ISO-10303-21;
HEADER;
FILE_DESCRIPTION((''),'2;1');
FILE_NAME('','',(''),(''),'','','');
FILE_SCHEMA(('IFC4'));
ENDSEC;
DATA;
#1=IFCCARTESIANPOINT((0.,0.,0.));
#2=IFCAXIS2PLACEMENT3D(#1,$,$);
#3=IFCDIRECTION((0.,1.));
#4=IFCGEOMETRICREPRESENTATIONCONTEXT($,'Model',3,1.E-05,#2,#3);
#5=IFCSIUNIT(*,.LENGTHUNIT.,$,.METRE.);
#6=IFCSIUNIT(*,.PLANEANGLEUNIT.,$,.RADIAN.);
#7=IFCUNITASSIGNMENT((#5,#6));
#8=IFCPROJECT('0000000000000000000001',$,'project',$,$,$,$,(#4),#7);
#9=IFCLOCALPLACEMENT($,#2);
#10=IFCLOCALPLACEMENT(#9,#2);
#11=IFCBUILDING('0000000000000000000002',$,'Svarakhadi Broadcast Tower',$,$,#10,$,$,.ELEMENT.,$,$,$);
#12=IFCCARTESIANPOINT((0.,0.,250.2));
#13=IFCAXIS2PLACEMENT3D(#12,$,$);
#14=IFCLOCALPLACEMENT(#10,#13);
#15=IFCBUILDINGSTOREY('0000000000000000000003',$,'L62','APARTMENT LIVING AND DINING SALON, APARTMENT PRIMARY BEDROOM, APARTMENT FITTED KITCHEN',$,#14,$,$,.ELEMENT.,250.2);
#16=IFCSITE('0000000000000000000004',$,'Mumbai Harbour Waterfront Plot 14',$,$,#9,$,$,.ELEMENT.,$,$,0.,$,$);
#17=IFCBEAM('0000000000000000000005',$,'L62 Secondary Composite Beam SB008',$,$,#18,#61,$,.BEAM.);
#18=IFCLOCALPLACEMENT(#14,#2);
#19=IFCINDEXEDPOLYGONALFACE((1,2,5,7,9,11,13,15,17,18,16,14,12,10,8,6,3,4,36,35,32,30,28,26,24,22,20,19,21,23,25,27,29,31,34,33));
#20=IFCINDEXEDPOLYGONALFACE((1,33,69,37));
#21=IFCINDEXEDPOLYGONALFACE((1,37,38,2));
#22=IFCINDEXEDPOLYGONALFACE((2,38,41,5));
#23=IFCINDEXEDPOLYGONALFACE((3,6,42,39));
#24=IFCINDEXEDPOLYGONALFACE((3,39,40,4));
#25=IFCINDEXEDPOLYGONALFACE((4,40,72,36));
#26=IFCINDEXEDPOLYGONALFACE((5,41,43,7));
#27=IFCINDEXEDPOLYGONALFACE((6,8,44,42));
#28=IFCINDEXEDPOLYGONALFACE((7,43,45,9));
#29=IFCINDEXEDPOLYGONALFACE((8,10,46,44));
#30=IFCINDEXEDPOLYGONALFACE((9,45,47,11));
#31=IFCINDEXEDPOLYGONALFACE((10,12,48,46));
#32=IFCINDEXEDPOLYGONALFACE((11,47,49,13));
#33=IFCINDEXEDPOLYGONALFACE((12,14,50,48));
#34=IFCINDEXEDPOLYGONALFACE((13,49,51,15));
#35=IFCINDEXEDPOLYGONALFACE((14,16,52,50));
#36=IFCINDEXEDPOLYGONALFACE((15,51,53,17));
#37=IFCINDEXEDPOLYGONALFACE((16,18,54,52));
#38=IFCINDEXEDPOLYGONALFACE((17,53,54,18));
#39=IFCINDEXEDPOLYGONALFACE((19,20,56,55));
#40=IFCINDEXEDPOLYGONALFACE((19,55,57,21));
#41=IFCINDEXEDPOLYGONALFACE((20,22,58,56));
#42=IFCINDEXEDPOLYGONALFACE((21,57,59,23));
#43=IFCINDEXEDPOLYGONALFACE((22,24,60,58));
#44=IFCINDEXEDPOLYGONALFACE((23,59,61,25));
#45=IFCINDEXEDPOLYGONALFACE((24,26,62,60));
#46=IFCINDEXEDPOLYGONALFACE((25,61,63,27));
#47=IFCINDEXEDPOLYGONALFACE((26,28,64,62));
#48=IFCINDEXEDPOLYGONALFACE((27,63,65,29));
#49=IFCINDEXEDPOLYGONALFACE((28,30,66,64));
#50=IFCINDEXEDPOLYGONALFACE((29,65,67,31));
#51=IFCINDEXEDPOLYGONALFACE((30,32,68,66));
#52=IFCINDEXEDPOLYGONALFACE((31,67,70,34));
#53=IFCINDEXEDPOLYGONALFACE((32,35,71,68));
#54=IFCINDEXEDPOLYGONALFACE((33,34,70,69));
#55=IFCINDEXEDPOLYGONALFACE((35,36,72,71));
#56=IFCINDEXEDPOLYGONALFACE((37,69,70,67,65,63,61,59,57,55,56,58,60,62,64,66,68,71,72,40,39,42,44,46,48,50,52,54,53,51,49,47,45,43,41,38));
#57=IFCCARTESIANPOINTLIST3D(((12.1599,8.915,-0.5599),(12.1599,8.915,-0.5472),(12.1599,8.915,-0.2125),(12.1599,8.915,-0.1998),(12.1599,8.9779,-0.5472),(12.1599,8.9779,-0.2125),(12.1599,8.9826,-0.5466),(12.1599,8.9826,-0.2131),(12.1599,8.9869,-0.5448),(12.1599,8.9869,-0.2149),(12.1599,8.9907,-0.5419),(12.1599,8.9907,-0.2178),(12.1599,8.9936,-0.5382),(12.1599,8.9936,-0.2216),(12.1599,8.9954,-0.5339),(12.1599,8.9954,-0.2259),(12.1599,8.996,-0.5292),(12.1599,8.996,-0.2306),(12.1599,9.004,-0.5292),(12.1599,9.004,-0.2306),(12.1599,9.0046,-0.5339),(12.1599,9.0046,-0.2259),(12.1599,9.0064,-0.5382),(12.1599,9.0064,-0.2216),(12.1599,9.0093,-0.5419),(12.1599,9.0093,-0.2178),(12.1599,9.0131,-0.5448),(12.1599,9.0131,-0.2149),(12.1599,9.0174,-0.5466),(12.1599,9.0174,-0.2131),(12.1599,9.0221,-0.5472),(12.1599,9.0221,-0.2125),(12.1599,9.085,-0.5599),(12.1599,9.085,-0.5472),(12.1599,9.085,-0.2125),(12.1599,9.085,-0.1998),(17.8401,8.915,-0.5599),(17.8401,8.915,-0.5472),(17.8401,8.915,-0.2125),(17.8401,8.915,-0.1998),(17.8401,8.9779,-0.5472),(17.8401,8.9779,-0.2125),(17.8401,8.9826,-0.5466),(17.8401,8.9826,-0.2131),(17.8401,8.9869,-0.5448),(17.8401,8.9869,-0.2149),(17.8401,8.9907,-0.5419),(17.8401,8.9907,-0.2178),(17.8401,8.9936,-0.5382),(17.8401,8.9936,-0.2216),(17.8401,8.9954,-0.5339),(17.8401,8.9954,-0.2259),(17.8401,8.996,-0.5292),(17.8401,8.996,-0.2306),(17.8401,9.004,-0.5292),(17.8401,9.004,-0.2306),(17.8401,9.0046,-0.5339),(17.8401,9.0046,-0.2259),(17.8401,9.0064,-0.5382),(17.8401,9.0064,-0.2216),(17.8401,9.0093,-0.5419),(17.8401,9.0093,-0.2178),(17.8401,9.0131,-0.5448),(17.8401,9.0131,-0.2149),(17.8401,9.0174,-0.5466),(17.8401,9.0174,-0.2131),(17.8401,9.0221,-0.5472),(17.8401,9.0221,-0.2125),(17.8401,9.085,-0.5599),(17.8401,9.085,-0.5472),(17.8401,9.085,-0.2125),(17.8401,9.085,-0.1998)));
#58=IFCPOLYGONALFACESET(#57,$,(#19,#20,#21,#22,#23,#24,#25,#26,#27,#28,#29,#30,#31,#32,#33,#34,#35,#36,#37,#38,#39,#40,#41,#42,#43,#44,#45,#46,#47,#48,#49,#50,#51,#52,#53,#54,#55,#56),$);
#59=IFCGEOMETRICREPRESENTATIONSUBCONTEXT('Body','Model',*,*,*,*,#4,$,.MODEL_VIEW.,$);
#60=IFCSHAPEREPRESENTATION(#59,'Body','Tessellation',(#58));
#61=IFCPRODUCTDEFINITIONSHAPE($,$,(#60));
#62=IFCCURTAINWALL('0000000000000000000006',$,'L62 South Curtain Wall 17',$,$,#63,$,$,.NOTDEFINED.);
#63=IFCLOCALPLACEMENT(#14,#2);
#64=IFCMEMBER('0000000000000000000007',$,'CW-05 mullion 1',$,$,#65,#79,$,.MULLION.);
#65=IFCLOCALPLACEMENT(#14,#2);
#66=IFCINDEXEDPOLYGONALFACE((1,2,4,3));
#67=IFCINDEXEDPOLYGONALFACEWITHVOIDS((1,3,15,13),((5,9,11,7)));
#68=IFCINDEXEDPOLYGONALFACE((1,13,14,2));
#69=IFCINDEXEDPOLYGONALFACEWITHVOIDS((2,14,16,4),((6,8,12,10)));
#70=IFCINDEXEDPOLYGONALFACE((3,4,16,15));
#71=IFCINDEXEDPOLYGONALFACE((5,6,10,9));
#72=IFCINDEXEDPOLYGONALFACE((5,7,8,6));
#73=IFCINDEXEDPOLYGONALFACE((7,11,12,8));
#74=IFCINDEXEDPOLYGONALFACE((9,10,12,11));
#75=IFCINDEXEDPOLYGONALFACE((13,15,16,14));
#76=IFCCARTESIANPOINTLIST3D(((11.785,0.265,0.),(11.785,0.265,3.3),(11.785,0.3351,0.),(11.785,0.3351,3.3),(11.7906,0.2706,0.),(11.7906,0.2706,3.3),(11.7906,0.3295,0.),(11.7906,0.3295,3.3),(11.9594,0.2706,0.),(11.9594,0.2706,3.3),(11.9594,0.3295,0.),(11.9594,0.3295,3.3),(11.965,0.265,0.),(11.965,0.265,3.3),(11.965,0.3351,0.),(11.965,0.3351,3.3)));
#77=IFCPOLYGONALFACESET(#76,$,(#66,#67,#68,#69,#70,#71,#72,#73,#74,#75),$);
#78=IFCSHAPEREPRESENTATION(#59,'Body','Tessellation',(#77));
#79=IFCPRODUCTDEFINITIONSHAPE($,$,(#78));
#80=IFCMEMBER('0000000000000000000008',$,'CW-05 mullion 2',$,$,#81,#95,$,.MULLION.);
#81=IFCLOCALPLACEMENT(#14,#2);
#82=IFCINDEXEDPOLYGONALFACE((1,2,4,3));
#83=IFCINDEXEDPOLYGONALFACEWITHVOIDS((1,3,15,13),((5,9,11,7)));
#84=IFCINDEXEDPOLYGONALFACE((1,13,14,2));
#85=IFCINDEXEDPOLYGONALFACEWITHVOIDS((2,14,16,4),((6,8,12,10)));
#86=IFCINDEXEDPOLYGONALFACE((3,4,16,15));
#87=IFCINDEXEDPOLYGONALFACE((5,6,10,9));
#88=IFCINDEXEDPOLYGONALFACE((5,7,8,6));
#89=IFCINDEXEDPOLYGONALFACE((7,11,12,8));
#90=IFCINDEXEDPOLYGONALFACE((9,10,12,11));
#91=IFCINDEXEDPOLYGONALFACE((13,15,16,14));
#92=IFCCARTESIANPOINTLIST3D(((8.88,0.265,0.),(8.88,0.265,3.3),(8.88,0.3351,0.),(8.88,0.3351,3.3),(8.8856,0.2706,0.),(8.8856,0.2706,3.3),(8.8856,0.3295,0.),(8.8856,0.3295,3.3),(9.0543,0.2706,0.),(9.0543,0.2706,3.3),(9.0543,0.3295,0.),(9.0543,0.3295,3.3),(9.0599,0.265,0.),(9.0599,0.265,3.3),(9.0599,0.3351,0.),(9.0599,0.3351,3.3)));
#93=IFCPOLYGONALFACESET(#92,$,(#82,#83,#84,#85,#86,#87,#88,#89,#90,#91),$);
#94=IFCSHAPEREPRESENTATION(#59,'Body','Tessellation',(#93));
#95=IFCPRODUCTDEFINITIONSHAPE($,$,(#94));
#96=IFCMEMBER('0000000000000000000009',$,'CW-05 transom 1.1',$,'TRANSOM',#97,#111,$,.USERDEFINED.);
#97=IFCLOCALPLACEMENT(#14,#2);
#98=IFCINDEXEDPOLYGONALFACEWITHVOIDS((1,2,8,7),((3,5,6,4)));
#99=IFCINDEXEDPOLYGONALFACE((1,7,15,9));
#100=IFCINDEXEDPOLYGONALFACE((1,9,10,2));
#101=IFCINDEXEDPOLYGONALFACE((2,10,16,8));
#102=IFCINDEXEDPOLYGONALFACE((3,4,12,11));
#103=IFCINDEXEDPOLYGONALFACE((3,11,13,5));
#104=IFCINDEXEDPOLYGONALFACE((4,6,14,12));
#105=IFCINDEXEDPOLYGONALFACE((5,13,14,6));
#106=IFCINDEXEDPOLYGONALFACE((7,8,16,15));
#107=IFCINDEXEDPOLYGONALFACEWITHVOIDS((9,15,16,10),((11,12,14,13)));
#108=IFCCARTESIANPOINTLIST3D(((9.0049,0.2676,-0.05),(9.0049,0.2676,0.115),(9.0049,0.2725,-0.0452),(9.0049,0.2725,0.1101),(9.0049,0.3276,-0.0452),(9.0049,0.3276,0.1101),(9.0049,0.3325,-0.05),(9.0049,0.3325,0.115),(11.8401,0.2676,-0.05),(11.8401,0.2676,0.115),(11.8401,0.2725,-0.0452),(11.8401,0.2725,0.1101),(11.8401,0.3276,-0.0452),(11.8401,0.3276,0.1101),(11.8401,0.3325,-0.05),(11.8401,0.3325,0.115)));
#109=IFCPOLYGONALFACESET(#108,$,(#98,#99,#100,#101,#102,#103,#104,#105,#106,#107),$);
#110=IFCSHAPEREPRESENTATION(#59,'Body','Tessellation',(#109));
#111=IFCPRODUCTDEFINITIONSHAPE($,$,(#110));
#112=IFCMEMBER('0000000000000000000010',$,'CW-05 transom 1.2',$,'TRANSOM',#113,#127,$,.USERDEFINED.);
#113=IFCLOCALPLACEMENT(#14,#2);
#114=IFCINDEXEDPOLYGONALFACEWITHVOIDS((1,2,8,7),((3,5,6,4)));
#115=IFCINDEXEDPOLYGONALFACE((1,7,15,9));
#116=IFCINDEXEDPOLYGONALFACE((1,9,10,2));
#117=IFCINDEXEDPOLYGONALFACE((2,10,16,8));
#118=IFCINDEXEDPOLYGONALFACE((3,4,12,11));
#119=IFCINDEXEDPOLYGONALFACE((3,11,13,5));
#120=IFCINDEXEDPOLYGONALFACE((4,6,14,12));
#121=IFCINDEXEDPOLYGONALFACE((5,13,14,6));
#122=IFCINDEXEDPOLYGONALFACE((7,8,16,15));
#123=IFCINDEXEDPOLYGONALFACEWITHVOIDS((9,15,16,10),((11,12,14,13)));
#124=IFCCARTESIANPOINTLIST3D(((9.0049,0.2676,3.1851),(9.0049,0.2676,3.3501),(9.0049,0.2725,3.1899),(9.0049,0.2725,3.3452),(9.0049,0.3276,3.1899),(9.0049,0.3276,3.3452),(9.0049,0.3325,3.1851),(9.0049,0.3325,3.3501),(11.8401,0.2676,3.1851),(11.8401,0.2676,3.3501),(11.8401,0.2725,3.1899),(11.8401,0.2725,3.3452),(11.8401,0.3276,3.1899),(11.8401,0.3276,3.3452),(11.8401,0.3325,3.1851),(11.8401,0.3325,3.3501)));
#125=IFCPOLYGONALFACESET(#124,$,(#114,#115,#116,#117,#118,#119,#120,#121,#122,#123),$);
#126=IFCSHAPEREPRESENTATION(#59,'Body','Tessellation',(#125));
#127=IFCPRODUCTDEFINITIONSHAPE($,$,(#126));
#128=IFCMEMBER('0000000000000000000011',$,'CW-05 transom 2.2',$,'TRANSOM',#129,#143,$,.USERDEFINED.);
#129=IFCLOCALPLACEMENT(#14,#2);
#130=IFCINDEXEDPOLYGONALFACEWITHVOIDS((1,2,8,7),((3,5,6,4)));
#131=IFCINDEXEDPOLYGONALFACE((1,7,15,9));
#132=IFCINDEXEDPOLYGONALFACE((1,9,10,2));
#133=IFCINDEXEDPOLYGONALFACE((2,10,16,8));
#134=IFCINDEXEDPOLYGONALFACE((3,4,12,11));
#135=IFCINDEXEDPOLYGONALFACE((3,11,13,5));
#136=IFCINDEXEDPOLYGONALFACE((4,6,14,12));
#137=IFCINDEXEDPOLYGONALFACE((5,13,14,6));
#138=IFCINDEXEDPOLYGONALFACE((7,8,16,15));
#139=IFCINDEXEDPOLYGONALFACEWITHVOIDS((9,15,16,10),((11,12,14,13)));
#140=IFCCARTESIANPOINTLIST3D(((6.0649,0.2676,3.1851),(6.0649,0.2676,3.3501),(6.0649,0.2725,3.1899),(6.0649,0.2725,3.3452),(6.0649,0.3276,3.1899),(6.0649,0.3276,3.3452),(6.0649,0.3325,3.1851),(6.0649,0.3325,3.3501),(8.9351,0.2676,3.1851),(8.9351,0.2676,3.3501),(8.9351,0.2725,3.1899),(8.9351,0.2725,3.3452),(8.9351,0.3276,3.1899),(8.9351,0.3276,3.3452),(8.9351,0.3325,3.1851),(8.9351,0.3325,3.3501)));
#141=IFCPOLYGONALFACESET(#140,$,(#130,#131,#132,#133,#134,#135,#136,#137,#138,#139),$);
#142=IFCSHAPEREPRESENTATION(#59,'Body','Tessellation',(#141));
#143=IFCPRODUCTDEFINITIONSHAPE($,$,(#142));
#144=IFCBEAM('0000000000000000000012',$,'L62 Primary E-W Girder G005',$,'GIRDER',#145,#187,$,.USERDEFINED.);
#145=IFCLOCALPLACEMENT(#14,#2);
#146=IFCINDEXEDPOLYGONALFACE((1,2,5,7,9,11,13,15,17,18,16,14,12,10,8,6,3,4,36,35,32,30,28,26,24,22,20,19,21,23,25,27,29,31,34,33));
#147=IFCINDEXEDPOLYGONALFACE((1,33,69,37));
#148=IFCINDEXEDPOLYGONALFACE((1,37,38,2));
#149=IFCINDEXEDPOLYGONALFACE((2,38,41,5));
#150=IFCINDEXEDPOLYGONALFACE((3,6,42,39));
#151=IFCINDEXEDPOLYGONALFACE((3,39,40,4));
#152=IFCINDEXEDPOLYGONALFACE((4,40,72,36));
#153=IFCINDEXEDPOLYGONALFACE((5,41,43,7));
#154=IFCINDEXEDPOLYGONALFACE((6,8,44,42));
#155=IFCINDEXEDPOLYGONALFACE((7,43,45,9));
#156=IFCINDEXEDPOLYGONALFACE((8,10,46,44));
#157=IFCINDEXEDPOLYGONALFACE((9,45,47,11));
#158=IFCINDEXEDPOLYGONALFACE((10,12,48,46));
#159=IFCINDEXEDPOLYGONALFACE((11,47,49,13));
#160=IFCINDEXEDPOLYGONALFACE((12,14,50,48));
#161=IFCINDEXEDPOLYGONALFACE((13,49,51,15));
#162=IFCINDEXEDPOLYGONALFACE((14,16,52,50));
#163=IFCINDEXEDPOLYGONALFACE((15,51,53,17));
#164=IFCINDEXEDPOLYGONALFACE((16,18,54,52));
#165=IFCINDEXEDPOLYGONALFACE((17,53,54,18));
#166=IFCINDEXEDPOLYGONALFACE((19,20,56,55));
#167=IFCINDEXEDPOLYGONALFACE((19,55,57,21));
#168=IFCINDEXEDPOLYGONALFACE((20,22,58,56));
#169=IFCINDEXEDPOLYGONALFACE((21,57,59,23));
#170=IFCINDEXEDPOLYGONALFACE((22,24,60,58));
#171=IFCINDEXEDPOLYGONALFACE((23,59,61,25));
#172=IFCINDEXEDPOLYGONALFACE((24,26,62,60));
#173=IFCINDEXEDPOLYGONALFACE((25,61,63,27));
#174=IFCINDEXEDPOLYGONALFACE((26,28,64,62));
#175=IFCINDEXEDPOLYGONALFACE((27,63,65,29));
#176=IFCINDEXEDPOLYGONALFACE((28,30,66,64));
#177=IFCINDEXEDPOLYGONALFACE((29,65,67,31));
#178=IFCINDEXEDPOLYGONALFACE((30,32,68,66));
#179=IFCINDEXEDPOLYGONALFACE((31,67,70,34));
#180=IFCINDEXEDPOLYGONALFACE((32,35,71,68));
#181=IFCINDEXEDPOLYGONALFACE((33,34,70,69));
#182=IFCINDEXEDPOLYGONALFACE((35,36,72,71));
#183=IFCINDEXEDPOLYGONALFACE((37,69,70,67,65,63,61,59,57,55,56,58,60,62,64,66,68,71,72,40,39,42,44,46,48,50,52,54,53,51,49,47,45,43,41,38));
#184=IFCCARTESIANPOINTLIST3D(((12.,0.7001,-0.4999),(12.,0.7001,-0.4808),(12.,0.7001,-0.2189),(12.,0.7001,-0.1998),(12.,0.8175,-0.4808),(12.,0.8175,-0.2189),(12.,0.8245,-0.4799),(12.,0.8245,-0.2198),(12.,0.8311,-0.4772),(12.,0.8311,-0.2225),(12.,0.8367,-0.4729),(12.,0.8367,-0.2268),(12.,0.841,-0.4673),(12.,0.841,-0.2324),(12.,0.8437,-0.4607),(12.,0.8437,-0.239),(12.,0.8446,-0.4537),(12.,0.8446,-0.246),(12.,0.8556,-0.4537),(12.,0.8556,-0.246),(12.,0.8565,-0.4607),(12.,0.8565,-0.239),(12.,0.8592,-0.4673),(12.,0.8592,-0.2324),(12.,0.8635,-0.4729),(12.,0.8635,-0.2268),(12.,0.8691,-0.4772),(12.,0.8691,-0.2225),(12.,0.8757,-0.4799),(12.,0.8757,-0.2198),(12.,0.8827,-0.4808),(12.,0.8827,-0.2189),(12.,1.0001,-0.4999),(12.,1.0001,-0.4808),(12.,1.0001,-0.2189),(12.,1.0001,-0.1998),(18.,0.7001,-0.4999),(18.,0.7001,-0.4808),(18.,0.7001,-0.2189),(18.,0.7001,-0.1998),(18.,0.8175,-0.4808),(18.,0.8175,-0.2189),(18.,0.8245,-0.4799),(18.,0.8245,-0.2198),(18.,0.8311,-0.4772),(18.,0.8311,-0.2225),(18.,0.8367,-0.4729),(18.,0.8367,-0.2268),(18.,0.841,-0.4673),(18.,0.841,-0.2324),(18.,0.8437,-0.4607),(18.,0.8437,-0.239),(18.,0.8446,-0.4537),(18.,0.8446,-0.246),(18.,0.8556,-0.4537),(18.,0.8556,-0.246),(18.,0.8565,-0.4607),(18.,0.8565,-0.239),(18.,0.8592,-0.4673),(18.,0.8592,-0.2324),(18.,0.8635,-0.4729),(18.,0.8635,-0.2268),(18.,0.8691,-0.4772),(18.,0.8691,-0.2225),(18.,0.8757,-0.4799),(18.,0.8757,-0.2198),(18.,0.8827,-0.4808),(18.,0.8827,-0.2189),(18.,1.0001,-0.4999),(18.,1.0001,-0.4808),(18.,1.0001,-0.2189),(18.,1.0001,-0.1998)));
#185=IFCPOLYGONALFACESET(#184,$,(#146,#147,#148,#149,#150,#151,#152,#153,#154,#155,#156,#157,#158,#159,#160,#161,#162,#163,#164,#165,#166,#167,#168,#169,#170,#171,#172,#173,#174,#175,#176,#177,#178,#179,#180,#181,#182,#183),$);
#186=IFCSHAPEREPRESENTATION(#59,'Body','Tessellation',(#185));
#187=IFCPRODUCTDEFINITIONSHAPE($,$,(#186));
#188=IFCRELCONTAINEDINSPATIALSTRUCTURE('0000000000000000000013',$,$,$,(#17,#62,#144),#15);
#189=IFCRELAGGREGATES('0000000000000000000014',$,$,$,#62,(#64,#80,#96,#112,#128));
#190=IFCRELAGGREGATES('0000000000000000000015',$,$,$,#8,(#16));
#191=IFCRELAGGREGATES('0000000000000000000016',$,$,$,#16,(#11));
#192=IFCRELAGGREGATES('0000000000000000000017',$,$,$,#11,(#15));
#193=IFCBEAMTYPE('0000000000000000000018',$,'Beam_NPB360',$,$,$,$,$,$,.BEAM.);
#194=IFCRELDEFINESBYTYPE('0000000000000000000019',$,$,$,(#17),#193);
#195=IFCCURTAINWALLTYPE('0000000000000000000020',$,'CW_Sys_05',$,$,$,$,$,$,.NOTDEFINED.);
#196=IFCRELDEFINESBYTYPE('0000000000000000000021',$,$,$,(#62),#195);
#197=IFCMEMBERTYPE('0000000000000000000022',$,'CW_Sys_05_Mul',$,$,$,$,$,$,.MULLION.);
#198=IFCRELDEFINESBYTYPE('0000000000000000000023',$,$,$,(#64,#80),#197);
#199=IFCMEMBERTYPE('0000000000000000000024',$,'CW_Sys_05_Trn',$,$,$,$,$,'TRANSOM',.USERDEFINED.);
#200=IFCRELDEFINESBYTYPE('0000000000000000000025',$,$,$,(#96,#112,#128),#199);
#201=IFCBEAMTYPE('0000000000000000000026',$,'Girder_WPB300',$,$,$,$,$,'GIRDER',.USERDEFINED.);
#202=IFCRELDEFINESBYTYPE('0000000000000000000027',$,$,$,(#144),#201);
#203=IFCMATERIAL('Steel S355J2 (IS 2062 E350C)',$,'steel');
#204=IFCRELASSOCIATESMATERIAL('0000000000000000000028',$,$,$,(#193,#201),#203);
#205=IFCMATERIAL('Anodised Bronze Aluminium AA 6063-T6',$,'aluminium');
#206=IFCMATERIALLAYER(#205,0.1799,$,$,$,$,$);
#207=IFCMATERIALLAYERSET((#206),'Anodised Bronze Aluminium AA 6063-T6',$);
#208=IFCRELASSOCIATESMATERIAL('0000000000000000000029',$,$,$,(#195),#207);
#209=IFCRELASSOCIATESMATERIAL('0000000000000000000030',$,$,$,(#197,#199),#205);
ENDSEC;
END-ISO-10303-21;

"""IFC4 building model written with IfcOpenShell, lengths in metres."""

from ifc_helpers import new_model, si_unit, direction, frame, origin, origin_2d, place, context, subcontext, project, spatial, hollow_rectangle, i_section, extrude, material, layer, layer_set, material_profile, profile_set, type_object, element, aggregate, save


model = new_model("IFC4")

# Units and contexts
model_context = context("Model", 3, precision=1e-05, world=origin(), true_north=direction((0.0, 1.0)))
body_context = subcontext(model_context, "Body", "Model", "MODEL_VIEW")
ifc_project = project(units=[si_unit("LENGTHUNIT", "METRE"), si_unit("PLANEANGLEUNIT", "RADIAN")], contexts=[model_context])

# Site, building, storey
site_placement = place(None, origin())
site = spatial("IfcSite", under=ifc_project, at=site_placement, Name="Mumbai Harbour Waterfront Plot 14", CompositionType="ELEMENT", RefElevation=0.0)
building_placement = place(site_placement, origin())
building = spatial("IfcBuilding", under=site, at=building_placement, Name="Svarakhadi Broadcast Tower", CompositionType="ELEMENT")
storey_placement = place(building_placement, frame((0.0, 0.0, 250.2)))
storey = spatial("IfcBuildingStorey", under=building, at=storey_placement, Name="L62", Description="APARTMENT LIVING AND DINING SALON, APARTMENT PRIMARY BEDROOM, APARTMENT FITTED KITCHEN", CompositionType="ELEMENT", Elevation=250.2)

# Beam
ifc_material_1 = material(Name="Steel S355J2 (IS 2062 E350C)", Category="steel")
ifc_material_profile_1 = material_profile(ifc_material_1, i_section(OverallWidth=0.1699, OverallDepth=0.3601, WebThickness=0.0081, FlangeThickness=0.0127, FilletRadius=0.0181, at=origin_2d()), Name="NPB 360x170x57")
ifc_profile_set_1 = profile_set([ifc_material_profile_1], Name="Steel S355J2 (IS 2062 E350C)")
beam_type_1 = type_object("IfcBeamType", Name="Beam_NPB360", PredefinedType="BEAM", material=ifc_profile_set_1)
for number, where, z_axis, x_axis, name in (
    (1, (12.1599, 9.0, -0.3799), (1.0, 0.0, 0.0), (0.0, 1.0, 0.0), "L62 Secondary Composite Beam SB008"),
):
    element("IfcBeam", number, at=place(storey_placement, frame(where, z_axis=z_axis, x_axis=x_axis)), inside=storey, type_object=beam_type_1, Name=name, PredefinedType="BEAM", context=body_context, shape_type="SweptSolid", body=[
        extrude(i_section(OverallWidth=0.1699, OverallDepth=0.3601, WebThickness=0.0081, FlangeThickness=0.0127, FilletRadius=0.0181, at=origin_2d()), origin(), (0.0, 0.0, 1.0), 5.6802),
    ])

# Curtain wall, members
ifc_material_2 = material(Name="Anodised Bronze Aluminium AA 6063-T6", Category="aluminium")
ifc_layer_1 = layer(ifc_material_2, 0.1799)
ifc_layer_set_1 = layer_set([ifc_layer_1], Name="Anodised Bronze Aluminium AA 6063-T6")
curtain_wall_type = type_object("IfcCurtainWallType", Name="CW_Sys_05", PredefinedType="NOTDEFINED", material=ifc_layer_set_1)
curtain_wall_placement = place(storey_placement, origin())
curtain_wall = element("IfcCurtainWall", 2, at=curtain_wall_placement, inside=storey, type_object=curtain_wall_type, Name="L62 South Curtain Wall 17", PredefinedType="NOTDEFINED")
ifc_material_profile_2 = material_profile(ifc_material_2, hollow_rectangle(XDim=0.0701, YDim=0.1799, WallThickness=0.0056, at=origin_2d()), Name="ALU MULLION 180x70x6")
ifc_profile_set_2 = profile_set([ifc_material_profile_2], Name="Anodised Bronze Aluminium AA 6063-T6")
member_type_1 = type_object("IfcMemberType", Name="CW_Sys_05_Mul", PredefinedType="MULLION", material=ifc_profile_set_2)
member_1_placement = place(storey_placement, frame((11.875, 0.3, 0.0), z_axis=(0.0, 0.0, 1.0), x_axis=(0.0, -1.0, 0.0)))
member_1 = element("IfcMember", 3, at=member_1_placement, type_object=member_type_1, Name="CW-05 mullion 1", PredefinedType="MULLION", context=body_context, shape_type="SweptSolid", body=[
    extrude(hollow_rectangle(XDim=0.0701, YDim=0.1799, WallThickness=0.0056, at=origin_2d()), origin(), (0.0, 0.0, 1.0), 3.3),
])
member_2_placement = place(storey_placement, frame((8.97, 0.3, 0.0), z_axis=(0.0, 0.0, 1.0), x_axis=(0.0, -1.0, 0.0)))
member_2 = element("IfcMember", 4, at=member_2_placement, type_object=member_type_1, Name="CW-05 mullion 2", PredefinedType="MULLION", context=body_context, shape_type="SweptSolid", body=[
    extrude(hollow_rectangle(XDim=0.0701, YDim=0.1799, WallThickness=0.0056, at=origin_2d()), origin(), (0.0, 0.0, 1.0), 3.3),
])
ifc_material_profile_3 = material_profile(ifc_material_2, hollow_rectangle(XDim=0.0649, YDim=0.165, WallThickness=0.0049, at=origin_2d()), Name="ALU TRANSOM 165x65x5")
ifc_profile_set_3 = profile_set([ifc_material_profile_3], Name="Anodised Bronze Aluminium AA 6063-T6")
member_type_2 = type_object("IfcMemberType", Name="CW_Sys_05_Trn", ElementType="TRANSOM", PredefinedType="USERDEFINED", material=ifc_profile_set_3)
member_3_placement = place(storey_placement, frame((11.8401, 0.3, 0.0325), z_axis=(-1.0, 0.0, 0.0), x_axis=(0.0, -1.0, 0.0)))
member_3 = element("IfcMember", 5, at=member_3_placement, type_object=member_type_2, Name="CW-05 transom 1.1", ObjectType="TRANSOM", PredefinedType="USERDEFINED", context=body_context, shape_type="SweptSolid", body=[
    extrude(hollow_rectangle(XDim=0.0649, YDim=0.165, WallThickness=0.0049, at=origin_2d()), origin(), (0.0, 0.0, 1.0), 2.8352),
])
member_4_placement = place(storey_placement, frame((11.8401, 0.3, 3.2676), z_axis=(-1.0, 0.0, 0.0), x_axis=(0.0, -1.0, 0.0)))
member_4 = element("IfcMember", 6, at=member_4_placement, type_object=member_type_2, Name="CW-05 transom 1.2", ObjectType="TRANSOM", PredefinedType="USERDEFINED", context=body_context, shape_type="SweptSolid", body=[
    extrude(hollow_rectangle(XDim=0.0649, YDim=0.165, WallThickness=0.0049, at=origin_2d()), origin(), (0.0, 0.0, 1.0), 2.8352),
])
member_5_placement = place(storey_placement, frame((8.9351, 0.3, 3.2676), z_axis=(-1.0, 0.0, 0.0), x_axis=(0.0, -1.0, 0.0)))
member_5 = element("IfcMember", 7, at=member_5_placement, type_object=member_type_2, Name="CW-05 transom 2.2", ObjectType="TRANSOM", PredefinedType="USERDEFINED", context=body_context, shape_type="SweptSolid", body=[
    extrude(hollow_rectangle(XDim=0.0649, YDim=0.165, WallThickness=0.0049, at=origin_2d()), origin(), (0.0, 0.0, 1.0), 2.8701),
])

# Beam
ifc_material_profile_4 = material_profile(ifc_material_1, i_section(OverallWidth=0.3, OverallDepth=0.3, WebThickness=0.011, FlangeThickness=0.019, FilletRadius=0.0271, at=origin_2d()), Name="WPB 300x300x117")
ifc_profile_set_4 = profile_set([ifc_material_profile_4], Name="Steel S355J2 (IS 2062 E350C)")
beam_type_2 = type_object("IfcBeamType", Name="Girder_WPB300", ElementType="GIRDER", PredefinedType="USERDEFINED", material=ifc_profile_set_4)
for number, where, z_axis, x_axis, name in (
    (8, (12.0, 0.8501, -0.3499), (1.0, 0.0, 0.0), (0.0, 1.0, 0.0), "L62 Primary E-W Girder G005"),
):
    element("IfcBeam", number, at=place(storey_placement, frame(where, z_axis=z_axis, x_axis=x_axis)), inside=storey, type_object=beam_type_2, Name=name, ObjectType="GIRDER", PredefinedType="USERDEFINED", context=body_context, shape_type="SweptSolid", body=[
        extrude(i_section(OverallWidth=0.3, OverallDepth=0.3, WebThickness=0.011, FlangeThickness=0.019, FilletRadius=0.0271, at=origin_2d()), origin(), (0.0, 0.0, 1.0), 6.0),
    ])

aggregate(curtain_wall, [member_1, member_2, member_3, member_4, member_5])

save(model, "model.ifc")
